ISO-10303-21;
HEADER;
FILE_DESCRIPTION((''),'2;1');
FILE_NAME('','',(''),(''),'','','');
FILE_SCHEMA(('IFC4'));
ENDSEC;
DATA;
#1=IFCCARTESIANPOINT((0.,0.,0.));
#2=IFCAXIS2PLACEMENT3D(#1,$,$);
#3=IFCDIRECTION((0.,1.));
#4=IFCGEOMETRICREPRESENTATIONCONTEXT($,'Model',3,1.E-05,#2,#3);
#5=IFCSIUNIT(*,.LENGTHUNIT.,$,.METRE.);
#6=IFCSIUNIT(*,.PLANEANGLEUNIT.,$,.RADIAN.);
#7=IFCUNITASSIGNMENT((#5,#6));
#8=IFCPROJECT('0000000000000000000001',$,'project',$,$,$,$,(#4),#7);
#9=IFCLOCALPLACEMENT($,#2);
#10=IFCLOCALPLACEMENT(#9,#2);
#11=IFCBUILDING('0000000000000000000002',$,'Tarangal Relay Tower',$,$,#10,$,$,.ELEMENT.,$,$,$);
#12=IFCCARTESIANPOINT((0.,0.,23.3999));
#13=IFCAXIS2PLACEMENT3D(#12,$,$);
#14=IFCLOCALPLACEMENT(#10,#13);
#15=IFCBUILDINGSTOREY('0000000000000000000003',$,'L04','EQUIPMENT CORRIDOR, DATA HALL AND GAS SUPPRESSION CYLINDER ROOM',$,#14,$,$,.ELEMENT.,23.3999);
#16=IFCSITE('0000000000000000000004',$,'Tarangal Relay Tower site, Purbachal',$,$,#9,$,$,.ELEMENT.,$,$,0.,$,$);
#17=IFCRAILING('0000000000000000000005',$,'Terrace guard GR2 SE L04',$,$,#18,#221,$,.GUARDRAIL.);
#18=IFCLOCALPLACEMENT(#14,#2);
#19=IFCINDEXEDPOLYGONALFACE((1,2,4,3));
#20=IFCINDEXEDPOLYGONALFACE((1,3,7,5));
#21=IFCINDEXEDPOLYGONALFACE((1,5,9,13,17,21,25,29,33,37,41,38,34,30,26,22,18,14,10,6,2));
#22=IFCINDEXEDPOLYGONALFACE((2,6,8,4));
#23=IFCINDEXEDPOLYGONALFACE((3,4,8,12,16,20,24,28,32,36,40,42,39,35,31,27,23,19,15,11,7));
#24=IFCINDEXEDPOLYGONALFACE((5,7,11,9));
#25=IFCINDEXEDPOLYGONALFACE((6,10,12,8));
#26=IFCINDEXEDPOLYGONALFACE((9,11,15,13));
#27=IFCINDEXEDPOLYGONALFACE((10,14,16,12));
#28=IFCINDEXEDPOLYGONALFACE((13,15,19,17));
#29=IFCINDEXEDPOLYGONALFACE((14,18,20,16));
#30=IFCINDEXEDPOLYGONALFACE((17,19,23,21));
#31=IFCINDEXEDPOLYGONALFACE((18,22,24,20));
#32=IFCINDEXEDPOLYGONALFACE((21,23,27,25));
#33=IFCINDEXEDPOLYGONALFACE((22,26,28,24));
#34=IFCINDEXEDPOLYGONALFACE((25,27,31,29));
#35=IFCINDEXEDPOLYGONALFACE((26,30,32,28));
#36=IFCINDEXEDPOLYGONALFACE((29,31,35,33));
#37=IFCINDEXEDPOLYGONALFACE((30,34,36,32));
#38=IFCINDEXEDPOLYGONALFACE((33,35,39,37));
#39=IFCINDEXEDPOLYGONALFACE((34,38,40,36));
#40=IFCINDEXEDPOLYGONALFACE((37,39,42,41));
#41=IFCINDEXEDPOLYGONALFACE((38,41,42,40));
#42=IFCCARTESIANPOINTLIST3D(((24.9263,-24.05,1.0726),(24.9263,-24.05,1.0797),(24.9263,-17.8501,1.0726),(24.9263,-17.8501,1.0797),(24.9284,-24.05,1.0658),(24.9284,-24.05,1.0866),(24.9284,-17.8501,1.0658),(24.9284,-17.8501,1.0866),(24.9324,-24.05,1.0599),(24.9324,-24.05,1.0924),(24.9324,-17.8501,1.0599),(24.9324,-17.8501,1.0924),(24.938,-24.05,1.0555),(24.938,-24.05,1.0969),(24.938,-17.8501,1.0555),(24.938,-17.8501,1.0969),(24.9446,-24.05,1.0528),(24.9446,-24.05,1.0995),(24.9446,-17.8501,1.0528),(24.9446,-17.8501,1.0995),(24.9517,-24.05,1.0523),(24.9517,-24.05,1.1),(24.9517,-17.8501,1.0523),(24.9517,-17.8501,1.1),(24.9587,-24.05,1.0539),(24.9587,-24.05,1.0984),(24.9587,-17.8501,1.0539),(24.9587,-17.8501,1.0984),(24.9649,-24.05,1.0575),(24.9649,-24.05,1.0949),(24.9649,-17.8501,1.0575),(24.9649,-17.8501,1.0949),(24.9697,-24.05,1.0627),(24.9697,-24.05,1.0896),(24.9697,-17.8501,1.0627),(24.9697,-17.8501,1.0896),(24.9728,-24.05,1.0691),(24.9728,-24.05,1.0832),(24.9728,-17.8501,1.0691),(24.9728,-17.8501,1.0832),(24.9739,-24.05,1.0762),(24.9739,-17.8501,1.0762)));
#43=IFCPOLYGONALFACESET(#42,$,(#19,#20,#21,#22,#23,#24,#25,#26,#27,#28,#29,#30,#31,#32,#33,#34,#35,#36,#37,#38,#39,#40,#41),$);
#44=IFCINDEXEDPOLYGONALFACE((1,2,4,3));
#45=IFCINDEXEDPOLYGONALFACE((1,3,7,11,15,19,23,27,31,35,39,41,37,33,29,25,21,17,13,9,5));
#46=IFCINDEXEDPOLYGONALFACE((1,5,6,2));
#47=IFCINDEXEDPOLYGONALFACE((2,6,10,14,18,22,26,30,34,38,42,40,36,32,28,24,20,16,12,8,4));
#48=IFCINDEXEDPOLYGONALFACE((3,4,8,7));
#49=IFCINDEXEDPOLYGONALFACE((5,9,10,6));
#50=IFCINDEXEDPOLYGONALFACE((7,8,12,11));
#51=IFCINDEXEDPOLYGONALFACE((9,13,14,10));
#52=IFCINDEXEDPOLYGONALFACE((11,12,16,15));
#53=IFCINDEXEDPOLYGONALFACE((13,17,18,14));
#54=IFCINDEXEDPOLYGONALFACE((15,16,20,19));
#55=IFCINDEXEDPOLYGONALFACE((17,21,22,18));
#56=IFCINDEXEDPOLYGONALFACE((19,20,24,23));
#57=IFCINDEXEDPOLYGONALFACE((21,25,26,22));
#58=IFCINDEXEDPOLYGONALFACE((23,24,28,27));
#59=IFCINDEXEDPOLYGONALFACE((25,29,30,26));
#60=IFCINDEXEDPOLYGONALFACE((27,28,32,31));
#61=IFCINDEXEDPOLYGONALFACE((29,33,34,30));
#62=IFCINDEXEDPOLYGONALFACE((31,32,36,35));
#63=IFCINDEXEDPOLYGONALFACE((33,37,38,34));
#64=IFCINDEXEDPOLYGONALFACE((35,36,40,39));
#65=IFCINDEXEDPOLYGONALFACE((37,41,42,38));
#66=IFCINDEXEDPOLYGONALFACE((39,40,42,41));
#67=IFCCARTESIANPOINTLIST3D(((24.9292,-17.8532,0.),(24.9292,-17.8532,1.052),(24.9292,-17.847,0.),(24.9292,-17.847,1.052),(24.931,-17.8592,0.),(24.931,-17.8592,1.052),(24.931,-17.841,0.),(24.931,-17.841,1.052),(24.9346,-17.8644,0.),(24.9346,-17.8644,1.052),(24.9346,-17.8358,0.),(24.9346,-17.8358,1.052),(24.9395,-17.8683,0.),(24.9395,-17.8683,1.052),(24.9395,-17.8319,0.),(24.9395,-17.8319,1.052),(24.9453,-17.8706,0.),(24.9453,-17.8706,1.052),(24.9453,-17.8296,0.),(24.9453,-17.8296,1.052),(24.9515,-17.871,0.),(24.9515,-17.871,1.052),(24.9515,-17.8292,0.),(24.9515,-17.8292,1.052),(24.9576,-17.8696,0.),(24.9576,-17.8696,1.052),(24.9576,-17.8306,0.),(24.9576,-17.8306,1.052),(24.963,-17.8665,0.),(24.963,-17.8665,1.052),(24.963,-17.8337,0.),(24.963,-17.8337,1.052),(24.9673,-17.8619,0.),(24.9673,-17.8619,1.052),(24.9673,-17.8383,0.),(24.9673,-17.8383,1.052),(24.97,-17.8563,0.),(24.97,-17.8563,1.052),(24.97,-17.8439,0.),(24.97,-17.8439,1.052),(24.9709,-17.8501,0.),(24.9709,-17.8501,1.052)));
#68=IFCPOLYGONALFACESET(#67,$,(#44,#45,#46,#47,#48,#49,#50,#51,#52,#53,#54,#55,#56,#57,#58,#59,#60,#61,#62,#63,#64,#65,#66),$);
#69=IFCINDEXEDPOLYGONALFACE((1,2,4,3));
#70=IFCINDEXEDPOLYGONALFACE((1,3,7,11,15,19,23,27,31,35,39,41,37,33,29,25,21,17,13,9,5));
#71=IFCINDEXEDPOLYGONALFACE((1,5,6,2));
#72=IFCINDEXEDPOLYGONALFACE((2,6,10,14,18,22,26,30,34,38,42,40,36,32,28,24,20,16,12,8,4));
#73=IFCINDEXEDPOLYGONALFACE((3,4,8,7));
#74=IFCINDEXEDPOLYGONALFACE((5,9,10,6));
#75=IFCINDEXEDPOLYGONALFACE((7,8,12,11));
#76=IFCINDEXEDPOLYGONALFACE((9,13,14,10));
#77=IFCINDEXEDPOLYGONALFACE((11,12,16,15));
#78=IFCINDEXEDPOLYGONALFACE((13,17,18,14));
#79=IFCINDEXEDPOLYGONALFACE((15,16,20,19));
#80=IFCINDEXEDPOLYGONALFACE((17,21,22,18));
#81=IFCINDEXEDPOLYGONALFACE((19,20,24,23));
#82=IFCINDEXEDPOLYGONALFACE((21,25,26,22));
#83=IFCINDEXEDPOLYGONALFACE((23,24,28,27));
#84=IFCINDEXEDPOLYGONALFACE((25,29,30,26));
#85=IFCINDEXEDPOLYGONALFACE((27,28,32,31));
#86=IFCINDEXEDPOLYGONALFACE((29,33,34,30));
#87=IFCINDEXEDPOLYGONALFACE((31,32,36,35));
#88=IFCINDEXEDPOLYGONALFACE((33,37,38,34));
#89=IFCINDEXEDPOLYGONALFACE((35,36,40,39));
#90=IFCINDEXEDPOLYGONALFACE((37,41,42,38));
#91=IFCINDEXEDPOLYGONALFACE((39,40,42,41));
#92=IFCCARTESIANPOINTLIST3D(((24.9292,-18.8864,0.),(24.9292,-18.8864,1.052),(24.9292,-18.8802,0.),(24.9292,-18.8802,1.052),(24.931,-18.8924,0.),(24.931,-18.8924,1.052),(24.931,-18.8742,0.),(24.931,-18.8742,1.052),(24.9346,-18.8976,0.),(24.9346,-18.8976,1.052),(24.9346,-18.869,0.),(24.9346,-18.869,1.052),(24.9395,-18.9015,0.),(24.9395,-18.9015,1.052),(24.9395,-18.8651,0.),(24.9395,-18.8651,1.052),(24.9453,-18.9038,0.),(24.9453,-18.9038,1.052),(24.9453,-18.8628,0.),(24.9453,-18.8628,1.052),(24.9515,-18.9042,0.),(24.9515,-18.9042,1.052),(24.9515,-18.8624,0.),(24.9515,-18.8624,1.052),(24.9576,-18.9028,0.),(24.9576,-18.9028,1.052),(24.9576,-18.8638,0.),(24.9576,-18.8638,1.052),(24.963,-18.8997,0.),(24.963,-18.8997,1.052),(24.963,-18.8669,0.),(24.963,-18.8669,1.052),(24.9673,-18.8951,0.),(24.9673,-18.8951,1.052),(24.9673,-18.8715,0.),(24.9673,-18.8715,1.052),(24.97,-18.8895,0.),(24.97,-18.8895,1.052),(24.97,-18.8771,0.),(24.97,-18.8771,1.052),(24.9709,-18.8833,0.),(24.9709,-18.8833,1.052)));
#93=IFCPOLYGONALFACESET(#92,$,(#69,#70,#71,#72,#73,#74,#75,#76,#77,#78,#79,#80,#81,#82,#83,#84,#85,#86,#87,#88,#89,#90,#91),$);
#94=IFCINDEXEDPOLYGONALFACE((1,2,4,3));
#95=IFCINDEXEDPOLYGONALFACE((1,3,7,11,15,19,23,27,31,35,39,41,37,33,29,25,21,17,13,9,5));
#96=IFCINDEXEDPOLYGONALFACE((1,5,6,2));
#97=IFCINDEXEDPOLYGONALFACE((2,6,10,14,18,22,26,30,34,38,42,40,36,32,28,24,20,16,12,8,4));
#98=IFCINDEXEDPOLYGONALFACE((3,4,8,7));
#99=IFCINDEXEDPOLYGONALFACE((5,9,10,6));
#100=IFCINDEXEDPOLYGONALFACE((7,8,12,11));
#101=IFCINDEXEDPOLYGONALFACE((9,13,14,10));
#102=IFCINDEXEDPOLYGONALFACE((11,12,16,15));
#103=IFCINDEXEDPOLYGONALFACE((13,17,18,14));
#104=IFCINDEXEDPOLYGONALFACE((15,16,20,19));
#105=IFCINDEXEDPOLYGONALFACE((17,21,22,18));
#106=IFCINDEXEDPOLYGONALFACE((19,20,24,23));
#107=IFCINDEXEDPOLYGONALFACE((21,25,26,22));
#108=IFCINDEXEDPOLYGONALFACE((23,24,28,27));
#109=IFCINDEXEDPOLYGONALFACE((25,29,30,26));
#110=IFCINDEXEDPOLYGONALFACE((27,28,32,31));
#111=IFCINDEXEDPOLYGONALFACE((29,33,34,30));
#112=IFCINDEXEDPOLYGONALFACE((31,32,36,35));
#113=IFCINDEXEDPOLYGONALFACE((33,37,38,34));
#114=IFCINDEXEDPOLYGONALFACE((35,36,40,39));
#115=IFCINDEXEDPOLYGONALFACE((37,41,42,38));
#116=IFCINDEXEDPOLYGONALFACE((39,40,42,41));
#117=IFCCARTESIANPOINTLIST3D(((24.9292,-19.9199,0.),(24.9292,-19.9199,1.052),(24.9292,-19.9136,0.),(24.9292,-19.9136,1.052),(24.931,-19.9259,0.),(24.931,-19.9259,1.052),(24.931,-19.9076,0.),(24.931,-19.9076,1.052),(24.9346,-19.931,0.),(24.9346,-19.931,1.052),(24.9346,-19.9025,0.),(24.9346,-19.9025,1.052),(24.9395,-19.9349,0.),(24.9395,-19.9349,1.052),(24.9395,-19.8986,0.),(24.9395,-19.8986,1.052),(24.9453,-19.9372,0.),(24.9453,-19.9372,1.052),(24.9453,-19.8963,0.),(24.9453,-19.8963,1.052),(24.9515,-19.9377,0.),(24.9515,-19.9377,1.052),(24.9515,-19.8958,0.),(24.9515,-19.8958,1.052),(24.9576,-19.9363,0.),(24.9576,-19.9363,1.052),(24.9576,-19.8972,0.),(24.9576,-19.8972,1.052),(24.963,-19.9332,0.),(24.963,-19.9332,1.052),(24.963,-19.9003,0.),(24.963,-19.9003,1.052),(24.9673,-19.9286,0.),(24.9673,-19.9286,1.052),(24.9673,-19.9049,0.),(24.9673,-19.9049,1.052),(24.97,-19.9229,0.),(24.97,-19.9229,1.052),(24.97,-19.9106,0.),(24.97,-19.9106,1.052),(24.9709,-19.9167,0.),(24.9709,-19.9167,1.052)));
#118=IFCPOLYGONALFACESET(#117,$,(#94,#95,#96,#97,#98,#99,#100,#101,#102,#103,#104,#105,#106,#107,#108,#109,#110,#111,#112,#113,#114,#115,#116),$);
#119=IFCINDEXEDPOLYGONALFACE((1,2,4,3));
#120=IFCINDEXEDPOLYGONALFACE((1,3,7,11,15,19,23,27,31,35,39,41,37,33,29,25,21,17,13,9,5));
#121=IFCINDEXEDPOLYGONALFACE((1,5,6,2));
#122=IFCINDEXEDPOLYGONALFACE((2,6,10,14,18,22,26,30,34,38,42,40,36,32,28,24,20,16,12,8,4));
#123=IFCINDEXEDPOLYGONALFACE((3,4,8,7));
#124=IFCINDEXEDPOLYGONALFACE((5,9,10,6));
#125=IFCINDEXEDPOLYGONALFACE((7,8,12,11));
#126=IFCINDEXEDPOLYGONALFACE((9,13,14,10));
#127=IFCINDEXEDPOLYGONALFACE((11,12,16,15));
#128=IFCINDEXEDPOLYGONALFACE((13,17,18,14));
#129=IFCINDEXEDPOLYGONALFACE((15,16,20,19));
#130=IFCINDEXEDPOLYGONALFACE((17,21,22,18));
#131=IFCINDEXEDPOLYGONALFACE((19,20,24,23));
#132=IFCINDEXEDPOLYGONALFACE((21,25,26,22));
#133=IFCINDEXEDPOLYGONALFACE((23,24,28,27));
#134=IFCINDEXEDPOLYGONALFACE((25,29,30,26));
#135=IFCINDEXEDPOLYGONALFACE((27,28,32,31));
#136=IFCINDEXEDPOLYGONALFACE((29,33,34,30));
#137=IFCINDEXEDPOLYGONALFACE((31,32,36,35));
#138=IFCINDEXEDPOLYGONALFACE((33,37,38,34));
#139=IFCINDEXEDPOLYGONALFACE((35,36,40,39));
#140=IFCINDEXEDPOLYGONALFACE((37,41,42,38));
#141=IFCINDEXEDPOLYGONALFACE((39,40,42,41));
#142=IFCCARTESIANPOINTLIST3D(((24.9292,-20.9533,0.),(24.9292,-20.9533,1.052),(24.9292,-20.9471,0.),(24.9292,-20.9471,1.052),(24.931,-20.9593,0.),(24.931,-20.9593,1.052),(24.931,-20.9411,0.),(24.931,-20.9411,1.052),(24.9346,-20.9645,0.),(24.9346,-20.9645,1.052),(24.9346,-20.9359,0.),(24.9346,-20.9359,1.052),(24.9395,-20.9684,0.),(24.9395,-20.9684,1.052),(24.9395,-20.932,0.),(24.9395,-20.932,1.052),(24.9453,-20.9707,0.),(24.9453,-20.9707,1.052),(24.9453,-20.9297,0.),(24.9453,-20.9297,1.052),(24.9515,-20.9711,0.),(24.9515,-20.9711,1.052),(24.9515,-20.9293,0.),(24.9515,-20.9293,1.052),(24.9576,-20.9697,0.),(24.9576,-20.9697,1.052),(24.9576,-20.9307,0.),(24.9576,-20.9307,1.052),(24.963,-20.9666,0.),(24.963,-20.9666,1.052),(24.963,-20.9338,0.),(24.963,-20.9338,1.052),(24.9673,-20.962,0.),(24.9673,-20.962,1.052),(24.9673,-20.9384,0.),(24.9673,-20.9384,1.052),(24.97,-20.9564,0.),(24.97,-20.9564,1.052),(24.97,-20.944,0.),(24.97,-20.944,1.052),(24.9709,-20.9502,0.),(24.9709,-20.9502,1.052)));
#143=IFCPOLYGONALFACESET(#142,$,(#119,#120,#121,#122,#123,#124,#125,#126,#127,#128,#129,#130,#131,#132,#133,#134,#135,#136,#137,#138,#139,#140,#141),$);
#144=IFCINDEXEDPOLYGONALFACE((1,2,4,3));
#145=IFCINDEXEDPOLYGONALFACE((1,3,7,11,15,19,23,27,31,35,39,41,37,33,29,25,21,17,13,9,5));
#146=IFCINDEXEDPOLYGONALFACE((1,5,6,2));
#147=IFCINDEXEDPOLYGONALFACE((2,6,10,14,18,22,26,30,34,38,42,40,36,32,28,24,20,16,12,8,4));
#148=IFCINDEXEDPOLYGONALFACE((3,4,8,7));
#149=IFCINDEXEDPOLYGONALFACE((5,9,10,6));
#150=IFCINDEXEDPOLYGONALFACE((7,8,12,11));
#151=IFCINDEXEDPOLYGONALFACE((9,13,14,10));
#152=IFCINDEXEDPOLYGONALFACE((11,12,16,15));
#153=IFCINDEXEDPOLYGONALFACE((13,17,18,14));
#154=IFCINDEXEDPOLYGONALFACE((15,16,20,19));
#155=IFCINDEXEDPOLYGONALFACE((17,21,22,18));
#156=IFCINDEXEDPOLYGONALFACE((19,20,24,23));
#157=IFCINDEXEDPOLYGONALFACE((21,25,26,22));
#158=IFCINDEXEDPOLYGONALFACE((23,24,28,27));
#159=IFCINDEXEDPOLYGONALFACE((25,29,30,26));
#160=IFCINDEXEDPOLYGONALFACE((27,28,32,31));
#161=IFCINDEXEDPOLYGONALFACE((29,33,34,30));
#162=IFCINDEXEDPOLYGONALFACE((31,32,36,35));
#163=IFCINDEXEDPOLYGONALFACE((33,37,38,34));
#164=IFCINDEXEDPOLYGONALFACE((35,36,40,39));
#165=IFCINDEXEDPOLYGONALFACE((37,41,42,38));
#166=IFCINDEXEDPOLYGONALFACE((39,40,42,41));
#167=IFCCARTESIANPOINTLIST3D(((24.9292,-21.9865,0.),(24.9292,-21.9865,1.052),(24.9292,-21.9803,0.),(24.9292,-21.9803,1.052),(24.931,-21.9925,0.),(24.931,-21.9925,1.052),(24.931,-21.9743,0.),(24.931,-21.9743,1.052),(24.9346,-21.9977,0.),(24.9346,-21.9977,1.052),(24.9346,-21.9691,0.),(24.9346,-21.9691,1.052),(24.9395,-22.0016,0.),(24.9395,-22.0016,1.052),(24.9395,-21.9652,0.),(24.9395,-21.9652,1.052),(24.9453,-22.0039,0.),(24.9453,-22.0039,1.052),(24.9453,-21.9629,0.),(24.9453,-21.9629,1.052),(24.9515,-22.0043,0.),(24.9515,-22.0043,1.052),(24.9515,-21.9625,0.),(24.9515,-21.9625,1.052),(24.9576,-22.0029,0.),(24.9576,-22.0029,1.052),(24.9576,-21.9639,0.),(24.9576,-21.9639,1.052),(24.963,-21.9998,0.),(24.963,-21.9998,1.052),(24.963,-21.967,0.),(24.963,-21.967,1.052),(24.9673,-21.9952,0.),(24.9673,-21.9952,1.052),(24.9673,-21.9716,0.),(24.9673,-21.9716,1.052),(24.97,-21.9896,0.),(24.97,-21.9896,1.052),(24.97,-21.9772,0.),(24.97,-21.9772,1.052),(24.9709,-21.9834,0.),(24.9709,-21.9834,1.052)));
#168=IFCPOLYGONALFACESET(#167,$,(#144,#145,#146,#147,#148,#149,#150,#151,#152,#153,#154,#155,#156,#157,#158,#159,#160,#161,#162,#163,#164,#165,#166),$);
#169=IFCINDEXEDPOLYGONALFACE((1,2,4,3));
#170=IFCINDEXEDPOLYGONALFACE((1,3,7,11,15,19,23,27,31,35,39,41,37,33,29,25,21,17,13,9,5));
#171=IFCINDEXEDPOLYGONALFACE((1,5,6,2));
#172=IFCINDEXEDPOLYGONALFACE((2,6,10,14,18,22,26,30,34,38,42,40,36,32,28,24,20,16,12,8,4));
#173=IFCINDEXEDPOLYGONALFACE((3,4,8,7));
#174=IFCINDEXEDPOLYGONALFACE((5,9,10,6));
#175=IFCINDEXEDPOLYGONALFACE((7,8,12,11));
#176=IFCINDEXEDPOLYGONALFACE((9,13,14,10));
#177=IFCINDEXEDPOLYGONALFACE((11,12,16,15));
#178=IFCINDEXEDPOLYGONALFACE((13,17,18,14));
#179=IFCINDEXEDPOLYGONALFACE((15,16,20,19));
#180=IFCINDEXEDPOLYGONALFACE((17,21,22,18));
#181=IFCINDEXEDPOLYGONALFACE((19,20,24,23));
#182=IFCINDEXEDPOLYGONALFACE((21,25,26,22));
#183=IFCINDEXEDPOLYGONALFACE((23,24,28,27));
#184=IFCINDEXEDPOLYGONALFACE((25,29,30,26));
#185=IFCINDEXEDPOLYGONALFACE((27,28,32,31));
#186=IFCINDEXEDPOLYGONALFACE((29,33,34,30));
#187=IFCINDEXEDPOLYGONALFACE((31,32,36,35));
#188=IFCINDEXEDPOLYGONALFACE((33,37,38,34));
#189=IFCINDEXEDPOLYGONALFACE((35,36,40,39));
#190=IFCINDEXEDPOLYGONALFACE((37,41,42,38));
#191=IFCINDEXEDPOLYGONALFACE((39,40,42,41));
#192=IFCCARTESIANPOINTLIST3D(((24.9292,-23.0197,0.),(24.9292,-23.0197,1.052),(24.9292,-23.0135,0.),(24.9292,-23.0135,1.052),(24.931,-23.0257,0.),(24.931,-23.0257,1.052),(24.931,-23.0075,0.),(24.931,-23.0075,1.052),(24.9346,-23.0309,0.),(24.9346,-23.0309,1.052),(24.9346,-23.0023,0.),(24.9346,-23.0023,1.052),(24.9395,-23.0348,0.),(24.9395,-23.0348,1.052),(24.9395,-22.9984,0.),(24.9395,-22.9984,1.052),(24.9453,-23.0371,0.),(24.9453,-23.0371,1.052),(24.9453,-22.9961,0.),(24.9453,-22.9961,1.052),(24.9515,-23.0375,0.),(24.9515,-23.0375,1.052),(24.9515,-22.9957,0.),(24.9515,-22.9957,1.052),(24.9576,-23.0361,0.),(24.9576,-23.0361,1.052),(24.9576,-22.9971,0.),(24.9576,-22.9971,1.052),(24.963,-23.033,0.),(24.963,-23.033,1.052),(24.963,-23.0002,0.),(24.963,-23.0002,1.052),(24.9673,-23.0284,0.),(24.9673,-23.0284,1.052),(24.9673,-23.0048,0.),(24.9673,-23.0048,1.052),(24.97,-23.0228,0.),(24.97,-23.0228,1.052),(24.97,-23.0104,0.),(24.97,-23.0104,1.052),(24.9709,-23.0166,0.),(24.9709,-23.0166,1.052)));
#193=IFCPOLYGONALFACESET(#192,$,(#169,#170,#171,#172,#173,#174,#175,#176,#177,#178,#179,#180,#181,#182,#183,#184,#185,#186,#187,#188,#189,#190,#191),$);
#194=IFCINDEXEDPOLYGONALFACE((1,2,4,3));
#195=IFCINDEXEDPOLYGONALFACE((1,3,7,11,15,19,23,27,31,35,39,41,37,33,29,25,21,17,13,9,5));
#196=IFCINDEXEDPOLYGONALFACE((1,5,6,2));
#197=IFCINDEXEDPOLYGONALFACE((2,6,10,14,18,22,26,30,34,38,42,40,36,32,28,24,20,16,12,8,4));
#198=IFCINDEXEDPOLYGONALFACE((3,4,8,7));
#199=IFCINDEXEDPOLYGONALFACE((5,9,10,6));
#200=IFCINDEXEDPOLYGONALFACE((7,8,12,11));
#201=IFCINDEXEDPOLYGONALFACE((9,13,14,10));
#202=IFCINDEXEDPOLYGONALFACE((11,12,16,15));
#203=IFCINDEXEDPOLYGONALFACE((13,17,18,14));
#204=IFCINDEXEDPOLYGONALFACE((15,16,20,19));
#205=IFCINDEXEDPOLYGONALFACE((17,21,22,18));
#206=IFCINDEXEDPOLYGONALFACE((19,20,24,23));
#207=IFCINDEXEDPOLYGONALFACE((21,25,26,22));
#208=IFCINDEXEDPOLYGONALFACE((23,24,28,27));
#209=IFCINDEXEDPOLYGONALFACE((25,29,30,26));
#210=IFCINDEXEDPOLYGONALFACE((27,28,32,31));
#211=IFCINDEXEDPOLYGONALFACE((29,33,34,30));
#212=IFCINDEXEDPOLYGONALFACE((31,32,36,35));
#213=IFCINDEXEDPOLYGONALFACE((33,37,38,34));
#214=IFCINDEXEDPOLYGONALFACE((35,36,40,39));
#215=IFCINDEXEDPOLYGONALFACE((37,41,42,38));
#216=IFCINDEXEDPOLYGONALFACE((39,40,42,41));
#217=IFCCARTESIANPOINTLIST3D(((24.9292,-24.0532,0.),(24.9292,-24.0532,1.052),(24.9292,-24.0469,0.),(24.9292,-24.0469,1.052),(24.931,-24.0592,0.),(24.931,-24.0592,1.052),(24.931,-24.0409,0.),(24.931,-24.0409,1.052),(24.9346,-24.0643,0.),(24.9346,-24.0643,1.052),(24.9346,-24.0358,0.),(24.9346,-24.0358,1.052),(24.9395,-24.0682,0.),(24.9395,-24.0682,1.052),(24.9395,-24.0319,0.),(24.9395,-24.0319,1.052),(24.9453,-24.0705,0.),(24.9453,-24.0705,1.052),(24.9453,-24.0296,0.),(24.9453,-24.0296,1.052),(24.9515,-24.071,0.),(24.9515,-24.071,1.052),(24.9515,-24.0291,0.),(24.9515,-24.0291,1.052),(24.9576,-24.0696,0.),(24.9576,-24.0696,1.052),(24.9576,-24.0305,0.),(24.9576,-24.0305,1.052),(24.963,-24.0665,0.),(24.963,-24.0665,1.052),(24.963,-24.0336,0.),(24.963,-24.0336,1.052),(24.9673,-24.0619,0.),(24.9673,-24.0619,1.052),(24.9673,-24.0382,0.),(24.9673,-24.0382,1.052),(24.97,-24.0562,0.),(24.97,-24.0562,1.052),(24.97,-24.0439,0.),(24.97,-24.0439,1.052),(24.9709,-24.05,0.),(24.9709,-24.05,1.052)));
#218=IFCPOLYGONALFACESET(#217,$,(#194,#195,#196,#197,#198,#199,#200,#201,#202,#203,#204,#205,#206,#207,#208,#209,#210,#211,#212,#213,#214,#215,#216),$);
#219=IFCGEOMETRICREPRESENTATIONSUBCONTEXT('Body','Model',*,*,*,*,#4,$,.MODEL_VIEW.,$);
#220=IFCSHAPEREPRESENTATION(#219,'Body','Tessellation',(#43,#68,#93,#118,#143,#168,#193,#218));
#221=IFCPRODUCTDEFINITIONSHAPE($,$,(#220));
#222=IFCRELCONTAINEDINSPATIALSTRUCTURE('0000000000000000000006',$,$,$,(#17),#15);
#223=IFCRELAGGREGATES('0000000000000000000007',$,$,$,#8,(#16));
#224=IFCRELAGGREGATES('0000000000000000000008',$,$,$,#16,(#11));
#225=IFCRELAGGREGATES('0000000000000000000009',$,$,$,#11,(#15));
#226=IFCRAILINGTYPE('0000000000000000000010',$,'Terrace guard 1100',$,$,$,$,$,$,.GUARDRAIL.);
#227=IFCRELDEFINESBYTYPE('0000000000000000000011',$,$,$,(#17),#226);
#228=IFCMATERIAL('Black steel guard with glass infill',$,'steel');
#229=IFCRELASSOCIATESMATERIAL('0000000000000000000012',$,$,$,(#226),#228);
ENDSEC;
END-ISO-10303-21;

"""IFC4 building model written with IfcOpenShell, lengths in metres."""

from ifc_helpers import new_model, si_unit, direction, frame, origin, origin_2d, place, context, subcontext, project, spatial, circle, extrude, material, type_object, element, save


model = new_model("IFC4")

# Units and contexts
model_context = context("Model", 3, precision=1e-05, world=origin(), true_north=direction((0.0, 1.0)))
body_context = subcontext(model_context, "Body", "Model", "MODEL_VIEW")
ifc_project = project(units=[si_unit("LENGTHUNIT", "METRE"), si_unit("PLANEANGLEUNIT", "RADIAN")], contexts=[model_context])

# Site, building, storey
site_placement = place(None, origin())
site = spatial("IfcSite", under=ifc_project, at=site_placement, Name="Tarangal Relay Tower site, Purbachal", CompositionType="ELEMENT", RefElevation=0.0)
building_placement = place(site_placement, origin())
building = spatial("IfcBuilding", under=site, at=building_placement, Name="Tarangal Relay Tower", CompositionType="ELEMENT")
storey_placement = place(building_placement, frame((0.0, 0.0, 23.3999)))
storey = spatial("IfcBuildingStorey", under=building, at=storey_placement, Name="L04", Description="EQUIPMENT CORRIDOR, DATA HALL AND GAS SUPPRESSION CYLINDER ROOM", CompositionType="ELEMENT", Elevation=23.3999)

# Railing
ifc_material_1 = material(Name="Black steel guard with glass infill", Category="steel")
railing_type = type_object("IfcRailingType", Name="Terrace guard 1100", PredefinedType="GUARDRAIL", material=ifc_material_1)
railing_placement = place(storey_placement, frame((24.95, -17.8501, 0.0)))
element("IfcRailing", 1, at=railing_placement, inside=storey, type_object=railing_type, Name="Terrace guard GR2 SE L04", PredefinedType="GUARDRAIL", context=body_context, shape_type="SweptSolid", body=[
    extrude(circle(Radius=0.0239, at=origin_2d()), frame((0.0, 0.0, 1.0762), z_axis=(0.0, -1.0, 0.0), x_axis=(1.0, 0.0, 0.0)), (0.0, 0.0, 1.0), 6.2),
    extrude(circle(Radius=0.021, at=origin_2d()), origin(), (0.0, 0.0, 1.0), 1.052),
    extrude(circle(Radius=0.021, at=origin_2d()), frame((0.0, -1.0332, 0.0)), (0.0, 0.0, 1.0), 1.052),
    extrude(circle(Radius=0.021, at=origin_2d()), frame((0.0, -2.0667, 0.0)), (0.0, 0.0, 1.0), 1.052),
    extrude(circle(Radius=0.021, at=origin_2d()), frame((0.0, -3.1001, 0.0)), (0.0, 0.0, 1.0), 1.052),
    extrude(circle(Radius=0.021, at=origin_2d()), frame((0.0, -4.1333, 0.0)), (0.0, 0.0, 1.0), 1.052),
    extrude(circle(Radius=0.021, at=origin_2d()), frame((0.0, -5.1665, 0.0)), (0.0, 0.0, 1.0), 1.052),
    extrude(circle(Radius=0.021, at=origin_2d()), frame((0.0, -6.2, 0.0)), (0.0, 0.0, 1.0), 1.052),
])

save(model, "model.ifc")
